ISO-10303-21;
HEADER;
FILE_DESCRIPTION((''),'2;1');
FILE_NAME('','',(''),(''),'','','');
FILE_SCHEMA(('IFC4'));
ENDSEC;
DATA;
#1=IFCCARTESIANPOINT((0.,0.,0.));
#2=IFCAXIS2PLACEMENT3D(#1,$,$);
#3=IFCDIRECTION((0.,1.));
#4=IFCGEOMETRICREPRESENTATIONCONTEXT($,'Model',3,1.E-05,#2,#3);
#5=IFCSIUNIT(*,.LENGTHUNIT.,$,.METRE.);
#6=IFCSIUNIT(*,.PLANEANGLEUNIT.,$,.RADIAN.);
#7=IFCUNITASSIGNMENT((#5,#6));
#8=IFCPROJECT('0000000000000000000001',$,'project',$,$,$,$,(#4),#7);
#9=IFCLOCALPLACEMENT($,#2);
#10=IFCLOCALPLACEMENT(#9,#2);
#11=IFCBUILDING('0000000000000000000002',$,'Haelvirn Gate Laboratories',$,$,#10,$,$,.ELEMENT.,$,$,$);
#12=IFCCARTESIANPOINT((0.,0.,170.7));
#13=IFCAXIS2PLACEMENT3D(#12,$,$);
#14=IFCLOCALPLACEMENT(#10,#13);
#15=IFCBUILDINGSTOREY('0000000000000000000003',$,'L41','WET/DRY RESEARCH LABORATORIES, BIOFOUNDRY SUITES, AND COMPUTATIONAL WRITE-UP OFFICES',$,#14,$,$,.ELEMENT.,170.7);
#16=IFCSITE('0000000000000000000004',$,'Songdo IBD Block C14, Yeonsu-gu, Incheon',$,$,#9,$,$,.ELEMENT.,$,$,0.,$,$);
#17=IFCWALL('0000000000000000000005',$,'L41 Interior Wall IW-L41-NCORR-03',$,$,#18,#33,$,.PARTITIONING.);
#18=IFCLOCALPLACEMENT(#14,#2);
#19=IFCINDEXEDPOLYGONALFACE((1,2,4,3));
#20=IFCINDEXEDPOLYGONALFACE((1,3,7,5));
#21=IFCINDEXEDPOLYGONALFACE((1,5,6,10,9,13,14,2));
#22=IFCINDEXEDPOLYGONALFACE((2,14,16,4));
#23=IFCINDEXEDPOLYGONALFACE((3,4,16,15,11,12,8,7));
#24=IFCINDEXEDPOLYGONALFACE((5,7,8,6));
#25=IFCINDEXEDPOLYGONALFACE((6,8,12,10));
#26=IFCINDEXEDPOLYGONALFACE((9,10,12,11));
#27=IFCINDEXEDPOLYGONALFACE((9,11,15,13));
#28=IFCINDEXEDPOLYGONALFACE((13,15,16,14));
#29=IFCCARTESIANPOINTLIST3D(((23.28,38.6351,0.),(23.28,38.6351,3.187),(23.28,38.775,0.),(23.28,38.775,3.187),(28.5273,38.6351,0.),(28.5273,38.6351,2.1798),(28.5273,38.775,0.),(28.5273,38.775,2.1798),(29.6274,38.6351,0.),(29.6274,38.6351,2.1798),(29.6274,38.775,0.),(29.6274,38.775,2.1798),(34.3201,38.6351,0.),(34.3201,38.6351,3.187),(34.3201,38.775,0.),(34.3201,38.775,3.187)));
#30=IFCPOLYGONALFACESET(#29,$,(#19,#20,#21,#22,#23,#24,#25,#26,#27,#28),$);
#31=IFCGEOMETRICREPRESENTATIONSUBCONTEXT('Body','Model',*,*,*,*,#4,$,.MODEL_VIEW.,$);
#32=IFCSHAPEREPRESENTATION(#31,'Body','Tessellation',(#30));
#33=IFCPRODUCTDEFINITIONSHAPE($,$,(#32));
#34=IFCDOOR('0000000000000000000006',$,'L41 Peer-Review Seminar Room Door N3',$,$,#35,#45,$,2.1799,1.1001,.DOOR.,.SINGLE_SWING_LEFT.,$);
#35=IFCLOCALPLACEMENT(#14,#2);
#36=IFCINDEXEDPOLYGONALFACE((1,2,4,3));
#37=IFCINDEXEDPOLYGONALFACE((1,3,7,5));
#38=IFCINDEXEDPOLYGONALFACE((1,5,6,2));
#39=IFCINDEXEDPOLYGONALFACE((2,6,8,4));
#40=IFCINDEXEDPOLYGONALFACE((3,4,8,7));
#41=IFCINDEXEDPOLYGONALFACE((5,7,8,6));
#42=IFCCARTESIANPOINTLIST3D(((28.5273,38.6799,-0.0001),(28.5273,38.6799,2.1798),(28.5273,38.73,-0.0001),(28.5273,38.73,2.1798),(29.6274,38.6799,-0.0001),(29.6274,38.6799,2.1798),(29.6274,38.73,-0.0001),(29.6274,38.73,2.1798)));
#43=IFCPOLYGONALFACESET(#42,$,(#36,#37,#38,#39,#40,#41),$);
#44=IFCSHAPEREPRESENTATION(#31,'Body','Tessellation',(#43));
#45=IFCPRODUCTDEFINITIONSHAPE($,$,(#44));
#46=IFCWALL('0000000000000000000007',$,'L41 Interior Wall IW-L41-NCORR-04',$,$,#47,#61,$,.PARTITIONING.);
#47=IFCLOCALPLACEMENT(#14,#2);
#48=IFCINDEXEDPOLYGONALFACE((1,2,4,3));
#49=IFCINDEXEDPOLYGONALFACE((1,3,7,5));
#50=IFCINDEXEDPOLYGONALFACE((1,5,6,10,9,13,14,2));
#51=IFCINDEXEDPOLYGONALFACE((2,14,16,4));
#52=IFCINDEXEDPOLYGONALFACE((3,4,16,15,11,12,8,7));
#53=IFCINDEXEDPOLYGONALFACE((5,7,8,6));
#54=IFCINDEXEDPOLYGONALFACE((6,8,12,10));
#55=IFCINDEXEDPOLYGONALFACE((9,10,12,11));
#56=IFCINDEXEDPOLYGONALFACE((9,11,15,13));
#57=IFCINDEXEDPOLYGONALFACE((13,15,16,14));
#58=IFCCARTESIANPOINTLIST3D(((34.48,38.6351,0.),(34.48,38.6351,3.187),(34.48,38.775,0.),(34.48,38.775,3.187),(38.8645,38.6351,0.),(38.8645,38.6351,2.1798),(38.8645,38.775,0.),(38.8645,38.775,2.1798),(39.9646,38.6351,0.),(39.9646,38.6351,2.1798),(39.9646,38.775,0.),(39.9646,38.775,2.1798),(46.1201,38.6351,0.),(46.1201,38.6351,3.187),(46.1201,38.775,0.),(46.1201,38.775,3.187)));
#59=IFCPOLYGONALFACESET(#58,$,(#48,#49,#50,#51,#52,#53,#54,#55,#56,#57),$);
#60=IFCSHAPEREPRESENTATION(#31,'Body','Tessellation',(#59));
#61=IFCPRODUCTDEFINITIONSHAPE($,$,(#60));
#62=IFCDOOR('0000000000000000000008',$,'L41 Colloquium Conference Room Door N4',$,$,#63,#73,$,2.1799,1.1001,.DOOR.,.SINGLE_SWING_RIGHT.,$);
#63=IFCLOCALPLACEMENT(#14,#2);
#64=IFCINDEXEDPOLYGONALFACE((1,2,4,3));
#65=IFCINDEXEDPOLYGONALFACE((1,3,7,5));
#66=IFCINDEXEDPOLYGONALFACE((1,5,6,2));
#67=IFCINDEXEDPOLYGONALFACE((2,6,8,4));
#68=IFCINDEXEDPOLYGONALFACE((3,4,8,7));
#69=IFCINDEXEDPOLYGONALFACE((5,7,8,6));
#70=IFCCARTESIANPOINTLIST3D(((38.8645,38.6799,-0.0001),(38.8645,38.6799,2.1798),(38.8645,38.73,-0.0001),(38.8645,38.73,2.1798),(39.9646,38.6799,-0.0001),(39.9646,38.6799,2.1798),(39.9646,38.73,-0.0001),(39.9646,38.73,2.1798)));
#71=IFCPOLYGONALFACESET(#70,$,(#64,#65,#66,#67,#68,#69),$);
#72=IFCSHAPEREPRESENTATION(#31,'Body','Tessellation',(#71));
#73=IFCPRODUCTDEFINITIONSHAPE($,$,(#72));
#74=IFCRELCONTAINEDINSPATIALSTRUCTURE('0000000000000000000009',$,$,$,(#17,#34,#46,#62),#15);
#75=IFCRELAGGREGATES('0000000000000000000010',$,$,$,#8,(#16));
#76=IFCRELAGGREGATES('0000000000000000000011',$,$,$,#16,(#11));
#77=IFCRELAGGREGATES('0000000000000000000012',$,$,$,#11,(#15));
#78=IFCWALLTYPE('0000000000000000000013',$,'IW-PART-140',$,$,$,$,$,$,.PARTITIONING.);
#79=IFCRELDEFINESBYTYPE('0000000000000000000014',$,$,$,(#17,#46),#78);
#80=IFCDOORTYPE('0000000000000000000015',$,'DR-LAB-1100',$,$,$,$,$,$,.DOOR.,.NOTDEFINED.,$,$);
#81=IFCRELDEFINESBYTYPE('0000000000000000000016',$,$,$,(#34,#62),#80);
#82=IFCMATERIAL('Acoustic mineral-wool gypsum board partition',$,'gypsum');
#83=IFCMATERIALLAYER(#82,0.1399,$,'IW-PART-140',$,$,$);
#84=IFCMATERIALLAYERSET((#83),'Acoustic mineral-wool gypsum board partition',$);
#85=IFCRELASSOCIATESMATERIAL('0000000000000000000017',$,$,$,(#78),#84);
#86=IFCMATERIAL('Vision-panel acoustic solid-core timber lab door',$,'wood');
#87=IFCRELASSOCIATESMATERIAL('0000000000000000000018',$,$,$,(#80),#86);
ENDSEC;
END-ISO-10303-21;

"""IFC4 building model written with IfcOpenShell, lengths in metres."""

from ifc_helpers import new_model, si_unit, direction, frame, frame_2d, origin, place, context, subcontext, project, spatial, rectangle, extrude, source, transform, mapped, material, layer, layer_set, type_object, type_shapes, element, fill, save


model = new_model("IFC4")

# Units and contexts
model_context = context("Model", 3, precision=1e-05, world=origin(), true_north=direction((0.0, 1.0)))
body_context = subcontext(model_context, "Body", "Model", "MODEL_VIEW")
ifc_project = project(units=[si_unit("LENGTHUNIT", "METRE"), si_unit("PLANEANGLEUNIT", "RADIAN")], contexts=[model_context])

# Site, building, storey
site_placement = place(None, origin())
site = spatial("IfcSite", under=ifc_project, at=site_placement, Name="Songdo IBD Block C14, Yeonsu-gu, Incheon", CompositionType="ELEMENT", RefElevation=0.0)
building_placement = place(site_placement, origin())
building = spatial("IfcBuilding", under=site, at=building_placement, Name="Haelvirn Gate Laboratories", CompositionType="ELEMENT")
storey_placement = place(building_placement, frame((0.0, 0.0, 170.7)))
storey = spatial("IfcBuildingStorey", under=building, at=storey_placement, Name="L41", Description="WET/DRY RESEARCH LABORATORIES, BIOFOUNDRY SUITES, AND COMPUTATIONAL WRITE-UP OFFICES", CompositionType="ELEMENT", Elevation=170.7)

# Walls, openings, doors
ifc_material_1 = material(Name="Acoustic mineral-wool gypsum board partition", Category="gypsum")
ifc_layer_1 = layer(ifc_material_1, 0.1399, Name="IW-PART-140")
ifc_layer_set_1 = layer_set([ifc_layer_1], Name="Acoustic mineral-wool gypsum board partition")
wall_type_1 = type_object("IfcWallType", Name="IW-PART-140", PredefinedType="PARTITIONING", material=ifc_layer_set_1)
wall_1_placement = place(storey_placement, frame((23.28, 38.7051, 0.0), z_axis=(0.0, 0.0, 1.0), x_axis=(1.0, 0.0, 0.0)))
wall_1 = element("IfcWall", 1, at=wall_1_placement, inside=storey, type_object=wall_type_1, Name="L41 Interior Wall IW-L41-NCORR-03", PredefinedType="PARTITIONING", context=body_context, shape_type="SweptSolid", body=[
    extrude(rectangle(XDim=11.04, YDim=0.1399, at=frame_2d((5.52, 0.0))), origin(), (0.0, 0.0, 1.0), 3.187),
])
opening_1_placement = place(wall_1_placement, frame((5.2473, 0.0, 0.0)))
opening_1 = element("IfcOpeningElement", 2, at=opening_1_placement, cuts=wall_1, PredefinedType="OPENING", context=body_context, shape_type="SweptSolid", body=[
    extrude(rectangle(XDim=1.1001, YDim=2.1799, at=frame_2d((0.55, 1.0898))), frame((0.0, 0.0801, 0.0), z_axis=(0.0, -1.0, 0.0), x_axis=(1.0, 0.0, 0.0)), (0.0, 0.0, 1.0), 0.1599),
])
ifc_material_2 = material(Name="Vision-panel acoustic solid-core timber lab door", Category="wood")
door_type = type_object("IfcDoorType", Name="DR-LAB-1100", OperationType="NOTDEFINED", PredefinedType="DOOR", material=ifc_material_2)
shared_shape_1 = source(origin(), body_context, "Body", "SweptSolid", [
    extrude(rectangle(XDim=1.1001, YDim=2.1799, at=frame_2d((0.55, 1.0898))), frame((0.0, 0.0249, 0.0), z_axis=(0.0, -1.0, 0.0), x_axis=(1.0, 0.0, 0.0)), (0.0, 0.0, 1.0), 0.05),
])
type_shapes(door_type, [shared_shape_1])
door_1_placement = place(opening_1_placement, origin())
door_1 = element("IfcDoor", 3, at=door_1_placement, inside=storey, type_object=door_type, Name="L41 Peer-Review Seminar Room Door N3", OperationType="SINGLE_SWING_LEFT", OverallHeight=2.1799, OverallWidth=1.1001, PredefinedType="DOOR", context=body_context, shape_type="MappedRepresentation", body=[
    mapped(shared_shape_1, transform((0.0, 0.0, 0.0), scale=1.0)),
])
fill(opening_1, door_1)
wall_2_placement = place(storey_placement, frame((34.48, 38.7051, 0.0), z_axis=(0.0, 0.0, 1.0), x_axis=(1.0, 0.0, 0.0)))
wall_2 = element("IfcWall", 4, at=wall_2_placement, inside=storey, type_object=wall_type_1, Name="L41 Interior Wall IW-L41-NCORR-04", PredefinedType="PARTITIONING", context=body_context, shape_type="SweptSolid", body=[
    extrude(rectangle(XDim=11.6401, YDim=0.1399, at=frame_2d((5.8201, 0.0))), origin(), (0.0, 0.0, 1.0), 3.187),
])
opening_2_placement = place(wall_2_placement, frame((4.3845, 0.0, 0.0)))
opening_2 = element("IfcOpeningElement", 5, at=opening_2_placement, cuts=wall_2, PredefinedType="OPENING", context=body_context, shape_type="SweptSolid", body=[
    extrude(rectangle(XDim=1.1001, YDim=2.1799, at=frame_2d((0.55, 1.0898))), frame((0.0, 0.0801, 0.0), z_axis=(0.0, -1.0, 0.0), x_axis=(1.0, 0.0, 0.0)), (0.0, 0.0, 1.0), 0.1599),
])
door_2_placement = place(opening_2_placement, origin())
door_2 = element("IfcDoor", 6, at=door_2_placement, inside=storey, type_object=door_type, Name="L41 Colloquium Conference Room Door N4", OperationType="SINGLE_SWING_RIGHT", OverallHeight=2.1799, OverallWidth=1.1001, PredefinedType="DOOR", context=body_context, shape_type="MappedRepresentation", body=[
    mapped(shared_shape_1, transform((0.0, 0.0, 0.0), scale=1.0)),
])
fill(opening_2, door_2)

save(model, "model.ifc")
